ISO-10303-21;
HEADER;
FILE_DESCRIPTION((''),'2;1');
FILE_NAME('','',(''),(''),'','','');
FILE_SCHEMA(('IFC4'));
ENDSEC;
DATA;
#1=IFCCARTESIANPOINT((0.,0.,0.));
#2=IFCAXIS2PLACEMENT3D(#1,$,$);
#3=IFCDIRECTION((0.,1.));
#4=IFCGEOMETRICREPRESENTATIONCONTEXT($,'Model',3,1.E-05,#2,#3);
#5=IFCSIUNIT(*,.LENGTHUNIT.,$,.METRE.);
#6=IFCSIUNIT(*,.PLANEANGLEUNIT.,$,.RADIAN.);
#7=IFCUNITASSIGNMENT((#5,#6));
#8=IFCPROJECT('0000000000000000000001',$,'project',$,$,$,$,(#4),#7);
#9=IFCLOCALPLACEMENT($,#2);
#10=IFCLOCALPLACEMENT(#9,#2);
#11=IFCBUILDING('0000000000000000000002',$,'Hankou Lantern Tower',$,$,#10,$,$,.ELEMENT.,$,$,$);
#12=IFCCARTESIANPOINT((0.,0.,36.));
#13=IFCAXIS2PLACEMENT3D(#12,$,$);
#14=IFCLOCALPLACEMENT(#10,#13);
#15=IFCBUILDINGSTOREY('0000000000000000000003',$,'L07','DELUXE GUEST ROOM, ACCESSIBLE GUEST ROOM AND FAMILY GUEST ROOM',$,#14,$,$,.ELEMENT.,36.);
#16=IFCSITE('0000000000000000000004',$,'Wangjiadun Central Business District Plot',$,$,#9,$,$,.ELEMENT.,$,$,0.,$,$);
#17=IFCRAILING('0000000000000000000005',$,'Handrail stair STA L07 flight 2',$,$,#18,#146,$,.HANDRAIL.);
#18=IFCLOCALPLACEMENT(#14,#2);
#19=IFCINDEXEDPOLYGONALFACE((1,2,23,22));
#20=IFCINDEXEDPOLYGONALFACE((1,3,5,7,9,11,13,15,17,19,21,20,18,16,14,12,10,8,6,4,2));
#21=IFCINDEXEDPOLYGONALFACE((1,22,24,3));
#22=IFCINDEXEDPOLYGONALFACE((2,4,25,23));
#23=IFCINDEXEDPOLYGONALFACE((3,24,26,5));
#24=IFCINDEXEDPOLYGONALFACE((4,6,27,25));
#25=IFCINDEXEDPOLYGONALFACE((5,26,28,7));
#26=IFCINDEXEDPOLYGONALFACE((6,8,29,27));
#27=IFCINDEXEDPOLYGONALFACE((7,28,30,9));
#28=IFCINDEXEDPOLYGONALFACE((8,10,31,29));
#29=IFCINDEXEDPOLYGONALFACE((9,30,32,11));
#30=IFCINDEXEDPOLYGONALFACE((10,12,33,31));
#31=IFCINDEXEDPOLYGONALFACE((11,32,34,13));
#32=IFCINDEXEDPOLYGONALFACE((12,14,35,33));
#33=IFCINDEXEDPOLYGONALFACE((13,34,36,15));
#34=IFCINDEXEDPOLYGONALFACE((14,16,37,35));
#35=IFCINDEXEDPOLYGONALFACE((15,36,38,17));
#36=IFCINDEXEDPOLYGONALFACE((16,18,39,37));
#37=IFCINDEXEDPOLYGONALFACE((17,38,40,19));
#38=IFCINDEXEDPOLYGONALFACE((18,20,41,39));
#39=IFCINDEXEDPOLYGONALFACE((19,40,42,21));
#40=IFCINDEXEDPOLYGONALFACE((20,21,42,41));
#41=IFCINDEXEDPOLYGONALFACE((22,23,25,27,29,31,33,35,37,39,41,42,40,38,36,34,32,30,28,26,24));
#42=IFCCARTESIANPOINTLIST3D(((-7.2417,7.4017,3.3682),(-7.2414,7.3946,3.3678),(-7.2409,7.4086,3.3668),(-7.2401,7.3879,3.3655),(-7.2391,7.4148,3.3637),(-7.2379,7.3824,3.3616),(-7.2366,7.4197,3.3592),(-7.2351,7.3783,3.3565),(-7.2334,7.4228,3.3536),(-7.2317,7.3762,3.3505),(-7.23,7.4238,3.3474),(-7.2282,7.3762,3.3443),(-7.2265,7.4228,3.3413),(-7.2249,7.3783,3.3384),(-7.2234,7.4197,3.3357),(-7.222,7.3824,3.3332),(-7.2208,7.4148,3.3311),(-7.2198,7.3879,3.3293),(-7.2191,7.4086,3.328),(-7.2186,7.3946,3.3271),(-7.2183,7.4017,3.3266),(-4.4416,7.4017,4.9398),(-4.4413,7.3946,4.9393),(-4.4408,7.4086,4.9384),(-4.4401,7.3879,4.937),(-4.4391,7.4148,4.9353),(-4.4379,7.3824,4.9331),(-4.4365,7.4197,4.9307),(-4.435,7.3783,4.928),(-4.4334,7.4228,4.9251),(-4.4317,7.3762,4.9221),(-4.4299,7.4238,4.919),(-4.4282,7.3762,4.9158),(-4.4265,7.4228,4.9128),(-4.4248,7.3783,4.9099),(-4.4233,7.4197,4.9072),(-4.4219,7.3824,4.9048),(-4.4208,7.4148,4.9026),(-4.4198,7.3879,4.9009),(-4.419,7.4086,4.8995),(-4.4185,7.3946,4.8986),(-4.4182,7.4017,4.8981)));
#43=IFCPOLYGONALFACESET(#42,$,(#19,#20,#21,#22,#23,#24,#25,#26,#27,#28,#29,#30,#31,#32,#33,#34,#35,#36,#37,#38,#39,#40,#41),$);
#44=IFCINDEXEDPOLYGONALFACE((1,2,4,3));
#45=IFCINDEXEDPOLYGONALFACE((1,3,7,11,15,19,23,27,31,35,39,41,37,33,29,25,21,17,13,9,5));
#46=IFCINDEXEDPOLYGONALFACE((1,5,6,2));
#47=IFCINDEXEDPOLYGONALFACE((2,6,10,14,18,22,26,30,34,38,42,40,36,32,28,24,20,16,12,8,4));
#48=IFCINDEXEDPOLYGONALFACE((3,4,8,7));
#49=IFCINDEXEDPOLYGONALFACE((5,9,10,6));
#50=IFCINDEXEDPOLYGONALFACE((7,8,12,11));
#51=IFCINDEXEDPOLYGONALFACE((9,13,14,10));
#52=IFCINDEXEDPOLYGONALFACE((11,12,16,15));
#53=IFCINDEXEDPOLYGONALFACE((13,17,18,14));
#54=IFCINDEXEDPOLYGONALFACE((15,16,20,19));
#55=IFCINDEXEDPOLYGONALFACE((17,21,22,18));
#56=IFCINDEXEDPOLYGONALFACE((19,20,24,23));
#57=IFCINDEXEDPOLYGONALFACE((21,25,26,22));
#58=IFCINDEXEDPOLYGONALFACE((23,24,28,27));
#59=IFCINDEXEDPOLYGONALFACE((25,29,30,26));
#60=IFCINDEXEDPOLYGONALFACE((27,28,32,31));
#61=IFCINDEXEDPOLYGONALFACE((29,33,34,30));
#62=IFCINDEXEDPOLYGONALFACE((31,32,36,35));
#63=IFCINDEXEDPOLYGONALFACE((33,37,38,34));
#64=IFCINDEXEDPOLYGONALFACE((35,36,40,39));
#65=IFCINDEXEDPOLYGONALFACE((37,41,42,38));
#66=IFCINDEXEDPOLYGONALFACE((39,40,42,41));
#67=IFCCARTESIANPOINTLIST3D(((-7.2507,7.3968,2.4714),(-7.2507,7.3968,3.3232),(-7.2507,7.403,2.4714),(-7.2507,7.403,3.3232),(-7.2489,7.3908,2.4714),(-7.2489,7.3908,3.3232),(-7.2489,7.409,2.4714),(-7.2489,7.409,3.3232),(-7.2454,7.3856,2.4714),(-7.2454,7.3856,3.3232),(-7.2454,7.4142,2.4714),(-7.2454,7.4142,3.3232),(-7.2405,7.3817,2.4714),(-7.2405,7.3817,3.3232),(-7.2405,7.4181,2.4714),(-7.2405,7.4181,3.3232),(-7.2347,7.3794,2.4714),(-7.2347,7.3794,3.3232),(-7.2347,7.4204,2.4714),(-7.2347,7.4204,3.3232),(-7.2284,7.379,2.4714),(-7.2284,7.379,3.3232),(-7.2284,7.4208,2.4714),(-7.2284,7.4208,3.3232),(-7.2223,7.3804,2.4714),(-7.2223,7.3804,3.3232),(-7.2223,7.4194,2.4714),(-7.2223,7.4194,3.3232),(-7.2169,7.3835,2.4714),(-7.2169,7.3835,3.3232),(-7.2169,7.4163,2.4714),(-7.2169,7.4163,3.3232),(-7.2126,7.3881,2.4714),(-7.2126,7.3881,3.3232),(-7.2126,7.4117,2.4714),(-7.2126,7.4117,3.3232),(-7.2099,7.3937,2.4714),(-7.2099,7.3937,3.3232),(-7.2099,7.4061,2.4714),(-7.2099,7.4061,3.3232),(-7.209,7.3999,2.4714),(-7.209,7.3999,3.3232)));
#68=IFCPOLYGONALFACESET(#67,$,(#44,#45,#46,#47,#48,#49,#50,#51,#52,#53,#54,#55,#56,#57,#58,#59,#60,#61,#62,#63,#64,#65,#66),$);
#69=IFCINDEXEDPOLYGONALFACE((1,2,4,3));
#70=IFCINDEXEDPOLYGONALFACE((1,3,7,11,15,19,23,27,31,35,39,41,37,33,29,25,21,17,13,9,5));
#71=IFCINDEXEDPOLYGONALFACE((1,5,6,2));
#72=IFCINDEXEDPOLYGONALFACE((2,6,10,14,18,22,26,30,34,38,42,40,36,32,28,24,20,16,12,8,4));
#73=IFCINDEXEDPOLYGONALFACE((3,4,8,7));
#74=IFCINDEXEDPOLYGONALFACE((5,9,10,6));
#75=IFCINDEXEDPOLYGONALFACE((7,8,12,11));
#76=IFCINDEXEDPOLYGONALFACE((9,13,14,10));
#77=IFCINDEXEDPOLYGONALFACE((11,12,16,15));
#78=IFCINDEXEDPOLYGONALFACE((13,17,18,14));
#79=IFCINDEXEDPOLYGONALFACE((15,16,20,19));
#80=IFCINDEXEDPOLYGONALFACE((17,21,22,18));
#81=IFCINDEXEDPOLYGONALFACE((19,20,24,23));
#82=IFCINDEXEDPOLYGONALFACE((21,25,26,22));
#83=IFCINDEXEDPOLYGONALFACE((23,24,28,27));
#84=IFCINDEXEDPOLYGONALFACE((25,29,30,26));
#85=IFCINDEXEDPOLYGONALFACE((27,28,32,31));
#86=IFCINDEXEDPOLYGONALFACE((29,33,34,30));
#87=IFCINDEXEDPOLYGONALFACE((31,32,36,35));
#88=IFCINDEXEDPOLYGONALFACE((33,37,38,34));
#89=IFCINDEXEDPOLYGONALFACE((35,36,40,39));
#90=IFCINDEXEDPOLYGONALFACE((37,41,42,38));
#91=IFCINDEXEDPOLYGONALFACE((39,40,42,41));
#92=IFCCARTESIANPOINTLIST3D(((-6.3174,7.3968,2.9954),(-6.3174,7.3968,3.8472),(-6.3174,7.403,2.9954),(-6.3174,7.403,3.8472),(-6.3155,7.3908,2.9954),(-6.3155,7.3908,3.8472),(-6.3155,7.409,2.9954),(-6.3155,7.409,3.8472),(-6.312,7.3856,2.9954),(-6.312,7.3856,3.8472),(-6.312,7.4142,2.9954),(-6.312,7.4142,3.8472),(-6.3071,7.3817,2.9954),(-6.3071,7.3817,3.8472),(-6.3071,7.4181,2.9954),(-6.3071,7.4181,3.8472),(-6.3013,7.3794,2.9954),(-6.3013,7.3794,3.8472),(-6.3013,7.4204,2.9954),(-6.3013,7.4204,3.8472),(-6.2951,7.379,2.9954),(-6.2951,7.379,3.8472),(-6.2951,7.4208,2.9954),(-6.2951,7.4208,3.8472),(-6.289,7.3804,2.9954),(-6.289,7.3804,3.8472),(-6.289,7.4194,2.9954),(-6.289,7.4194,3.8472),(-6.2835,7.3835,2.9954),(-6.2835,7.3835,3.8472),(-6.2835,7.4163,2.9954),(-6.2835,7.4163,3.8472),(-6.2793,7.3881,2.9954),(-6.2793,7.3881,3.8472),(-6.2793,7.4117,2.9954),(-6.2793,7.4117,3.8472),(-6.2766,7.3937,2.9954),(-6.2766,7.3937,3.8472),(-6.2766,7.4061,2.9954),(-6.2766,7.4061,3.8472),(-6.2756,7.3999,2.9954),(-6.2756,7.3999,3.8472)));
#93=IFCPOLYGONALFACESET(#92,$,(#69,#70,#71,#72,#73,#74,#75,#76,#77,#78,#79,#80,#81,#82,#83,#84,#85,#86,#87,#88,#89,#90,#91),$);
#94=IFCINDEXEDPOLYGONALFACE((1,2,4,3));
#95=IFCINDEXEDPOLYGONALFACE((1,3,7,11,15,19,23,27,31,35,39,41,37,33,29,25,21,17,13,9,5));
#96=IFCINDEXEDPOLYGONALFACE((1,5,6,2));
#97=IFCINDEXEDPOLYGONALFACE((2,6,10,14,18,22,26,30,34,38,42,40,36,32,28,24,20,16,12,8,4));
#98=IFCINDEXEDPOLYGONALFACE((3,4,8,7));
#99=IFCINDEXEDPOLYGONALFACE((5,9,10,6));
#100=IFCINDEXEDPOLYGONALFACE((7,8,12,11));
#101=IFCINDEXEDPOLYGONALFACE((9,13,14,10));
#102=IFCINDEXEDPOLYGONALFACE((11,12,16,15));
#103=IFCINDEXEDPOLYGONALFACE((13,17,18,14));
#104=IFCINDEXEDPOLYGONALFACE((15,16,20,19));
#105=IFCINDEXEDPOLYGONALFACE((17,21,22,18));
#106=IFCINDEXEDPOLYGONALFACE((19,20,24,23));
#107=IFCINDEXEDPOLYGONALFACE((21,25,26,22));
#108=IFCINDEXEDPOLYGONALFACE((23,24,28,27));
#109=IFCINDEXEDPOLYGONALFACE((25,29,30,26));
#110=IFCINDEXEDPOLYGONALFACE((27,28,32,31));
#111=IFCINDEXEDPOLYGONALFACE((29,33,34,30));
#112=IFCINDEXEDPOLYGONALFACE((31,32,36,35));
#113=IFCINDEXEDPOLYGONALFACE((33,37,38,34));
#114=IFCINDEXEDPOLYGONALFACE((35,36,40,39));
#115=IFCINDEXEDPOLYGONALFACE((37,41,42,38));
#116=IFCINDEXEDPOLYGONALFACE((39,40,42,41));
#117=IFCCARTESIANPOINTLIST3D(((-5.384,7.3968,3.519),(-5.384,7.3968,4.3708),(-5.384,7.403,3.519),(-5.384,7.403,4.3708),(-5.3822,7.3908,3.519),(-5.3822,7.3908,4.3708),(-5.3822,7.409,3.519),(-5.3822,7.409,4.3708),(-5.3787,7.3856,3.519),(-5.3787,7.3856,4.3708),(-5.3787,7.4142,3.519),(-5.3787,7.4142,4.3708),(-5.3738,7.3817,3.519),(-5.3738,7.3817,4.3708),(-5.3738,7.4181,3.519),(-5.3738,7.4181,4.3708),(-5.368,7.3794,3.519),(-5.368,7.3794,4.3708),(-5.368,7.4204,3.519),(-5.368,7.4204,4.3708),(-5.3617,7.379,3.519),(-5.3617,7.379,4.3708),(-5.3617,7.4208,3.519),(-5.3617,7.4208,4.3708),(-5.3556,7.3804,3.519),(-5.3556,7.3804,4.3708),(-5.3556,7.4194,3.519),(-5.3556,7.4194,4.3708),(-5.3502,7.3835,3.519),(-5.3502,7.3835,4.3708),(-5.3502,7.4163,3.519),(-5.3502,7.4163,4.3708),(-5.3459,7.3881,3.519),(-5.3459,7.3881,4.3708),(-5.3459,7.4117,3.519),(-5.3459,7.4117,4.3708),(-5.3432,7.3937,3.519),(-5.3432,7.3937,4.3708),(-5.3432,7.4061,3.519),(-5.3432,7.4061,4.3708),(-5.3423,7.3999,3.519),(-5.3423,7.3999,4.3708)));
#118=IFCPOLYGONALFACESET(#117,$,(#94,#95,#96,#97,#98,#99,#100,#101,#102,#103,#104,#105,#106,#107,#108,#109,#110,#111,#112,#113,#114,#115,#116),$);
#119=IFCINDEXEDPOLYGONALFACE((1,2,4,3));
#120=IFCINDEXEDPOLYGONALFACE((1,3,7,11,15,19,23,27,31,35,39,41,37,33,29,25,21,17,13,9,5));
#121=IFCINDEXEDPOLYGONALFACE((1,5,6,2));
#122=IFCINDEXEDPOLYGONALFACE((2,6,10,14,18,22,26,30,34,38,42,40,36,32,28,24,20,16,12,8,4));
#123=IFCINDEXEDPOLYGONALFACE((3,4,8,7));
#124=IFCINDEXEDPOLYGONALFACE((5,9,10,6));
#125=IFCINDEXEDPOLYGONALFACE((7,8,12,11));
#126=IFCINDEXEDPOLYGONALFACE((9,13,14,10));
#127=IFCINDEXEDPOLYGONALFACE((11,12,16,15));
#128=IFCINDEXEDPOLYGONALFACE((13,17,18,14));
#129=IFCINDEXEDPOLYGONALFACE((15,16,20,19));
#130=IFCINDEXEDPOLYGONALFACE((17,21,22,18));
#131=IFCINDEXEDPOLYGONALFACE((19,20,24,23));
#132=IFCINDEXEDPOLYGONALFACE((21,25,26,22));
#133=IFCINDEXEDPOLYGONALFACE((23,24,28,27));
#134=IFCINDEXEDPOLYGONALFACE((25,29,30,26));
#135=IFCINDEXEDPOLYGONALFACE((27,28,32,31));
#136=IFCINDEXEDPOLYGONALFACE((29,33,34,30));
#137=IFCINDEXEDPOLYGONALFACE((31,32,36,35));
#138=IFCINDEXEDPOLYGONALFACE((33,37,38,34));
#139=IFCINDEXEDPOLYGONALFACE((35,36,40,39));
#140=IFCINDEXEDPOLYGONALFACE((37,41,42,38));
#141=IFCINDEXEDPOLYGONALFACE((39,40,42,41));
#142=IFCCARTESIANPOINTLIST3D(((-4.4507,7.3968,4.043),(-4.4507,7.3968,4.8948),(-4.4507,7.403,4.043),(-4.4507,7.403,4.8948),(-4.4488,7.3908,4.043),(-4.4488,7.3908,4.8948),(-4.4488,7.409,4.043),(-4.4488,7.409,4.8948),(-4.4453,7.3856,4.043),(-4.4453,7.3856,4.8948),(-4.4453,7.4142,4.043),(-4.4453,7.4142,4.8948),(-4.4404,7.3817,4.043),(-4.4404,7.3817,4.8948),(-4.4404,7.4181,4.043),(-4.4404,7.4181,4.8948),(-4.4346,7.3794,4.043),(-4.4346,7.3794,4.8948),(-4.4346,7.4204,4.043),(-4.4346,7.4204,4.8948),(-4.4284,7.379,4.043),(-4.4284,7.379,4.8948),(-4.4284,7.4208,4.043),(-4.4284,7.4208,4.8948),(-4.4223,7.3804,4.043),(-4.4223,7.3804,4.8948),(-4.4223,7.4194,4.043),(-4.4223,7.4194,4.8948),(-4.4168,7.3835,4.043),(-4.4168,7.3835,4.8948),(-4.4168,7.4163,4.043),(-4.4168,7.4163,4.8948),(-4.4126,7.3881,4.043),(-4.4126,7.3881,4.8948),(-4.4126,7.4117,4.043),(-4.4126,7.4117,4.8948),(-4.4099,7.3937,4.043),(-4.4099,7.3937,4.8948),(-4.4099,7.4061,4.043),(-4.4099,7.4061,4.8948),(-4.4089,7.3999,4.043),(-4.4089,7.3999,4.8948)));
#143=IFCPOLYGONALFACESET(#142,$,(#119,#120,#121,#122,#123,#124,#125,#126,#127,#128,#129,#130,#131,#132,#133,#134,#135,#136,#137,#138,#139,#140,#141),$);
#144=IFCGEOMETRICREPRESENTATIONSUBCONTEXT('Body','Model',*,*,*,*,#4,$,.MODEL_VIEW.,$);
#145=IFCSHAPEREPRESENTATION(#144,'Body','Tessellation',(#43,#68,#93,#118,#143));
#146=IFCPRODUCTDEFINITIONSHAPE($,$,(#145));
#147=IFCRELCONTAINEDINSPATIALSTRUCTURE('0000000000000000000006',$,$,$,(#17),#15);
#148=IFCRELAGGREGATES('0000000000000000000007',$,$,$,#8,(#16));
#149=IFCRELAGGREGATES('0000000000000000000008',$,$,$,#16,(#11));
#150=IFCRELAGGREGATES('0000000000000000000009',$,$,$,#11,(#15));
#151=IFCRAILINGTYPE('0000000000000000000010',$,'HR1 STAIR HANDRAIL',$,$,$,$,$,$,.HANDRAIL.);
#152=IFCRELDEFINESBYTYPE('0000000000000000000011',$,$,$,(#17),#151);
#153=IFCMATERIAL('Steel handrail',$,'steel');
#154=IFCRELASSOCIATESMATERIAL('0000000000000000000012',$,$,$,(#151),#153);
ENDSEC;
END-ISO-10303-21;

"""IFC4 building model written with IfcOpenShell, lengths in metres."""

from ifc_helpers import new_model, si_unit, direction, frame, origin, origin_2d, place, context, subcontext, project, spatial, circle, extrude, material, type_object, element, save


model = new_model("IFC4")

# Units and contexts
model_context = context("Model", 3, precision=1e-05, world=origin(), true_north=direction((0.0, 1.0)))
body_context = subcontext(model_context, "Body", "Model", "MODEL_VIEW")
ifc_project = project(units=[si_unit("LENGTHUNIT", "METRE"), si_unit("PLANEANGLEUNIT", "RADIAN")], contexts=[model_context])

# Site, building, storey
site_placement = place(None, origin())
site = spatial("IfcSite", under=ifc_project, at=site_placement, Name="Wangjiadun Central Business District Plot", CompositionType="ELEMENT", RefElevation=0.0)
building_placement = place(site_placement, origin())
building = spatial("IfcBuilding", under=site, at=building_placement, Name="Hankou Lantern Tower", CompositionType="ELEMENT")
storey_placement = place(building_placement, frame((0.0, 0.0, 36.0)))
storey = spatial("IfcBuildingStorey", under=building, at=storey_placement, Name="L07", Description="DELUXE GUEST ROOM, ACCESSIBLE GUEST ROOM AND FAMILY GUEST ROOM", CompositionType="ELEMENT", Elevation=36.0)

# Railing
ifc_material_1 = material(Name="Steel handrail", Category="steel")
railing_type = type_object("IfcRailingType", Name="HR1 STAIR HANDRAIL", PredefinedType="HANDRAIL", material=ifc_material_1)
railing_1_placement = place(storey_placement, frame((-7.23, 7.3999, 2.4714)))
element("IfcRailing", 1, at=railing_1_placement, inside=storey, type_object=railing_type, Name="Handrail stair STA L07 flight 2", PredefinedType="HANDRAIL", context=body_context, shape_type="SweptSolid", body=[
    extrude(circle(Radius=0.0239, at=origin_2d()), frame((0.0, 0.0, 0.876), z_axis=(0.87204, 0.0, 0.489434), x_axis=(0.0, 1.0, 0.0)), (0.0, 0.0, 1.0), 3.2109),
    extrude(circle(Radius=0.021, at=origin_2d()), origin(), (0.0, 0.0, 1.0), 0.8518),
    extrude(circle(Radius=0.021, at=origin_2d()), frame((0.9333, 0.0, 0.5239)), (0.0, 0.0, 1.0), 0.8518),
    extrude(circle(Radius=0.021, at=origin_2d()), frame((1.8667, 0.0, 1.0476)), (0.0, 0.0, 1.0), 0.8518),
    extrude(circle(Radius=0.021, at=origin_2d()), frame((2.8, 0.0, 1.5715)), (0.0, 0.0, 1.0), 0.8518),
])

save(model, "model.ifc")
